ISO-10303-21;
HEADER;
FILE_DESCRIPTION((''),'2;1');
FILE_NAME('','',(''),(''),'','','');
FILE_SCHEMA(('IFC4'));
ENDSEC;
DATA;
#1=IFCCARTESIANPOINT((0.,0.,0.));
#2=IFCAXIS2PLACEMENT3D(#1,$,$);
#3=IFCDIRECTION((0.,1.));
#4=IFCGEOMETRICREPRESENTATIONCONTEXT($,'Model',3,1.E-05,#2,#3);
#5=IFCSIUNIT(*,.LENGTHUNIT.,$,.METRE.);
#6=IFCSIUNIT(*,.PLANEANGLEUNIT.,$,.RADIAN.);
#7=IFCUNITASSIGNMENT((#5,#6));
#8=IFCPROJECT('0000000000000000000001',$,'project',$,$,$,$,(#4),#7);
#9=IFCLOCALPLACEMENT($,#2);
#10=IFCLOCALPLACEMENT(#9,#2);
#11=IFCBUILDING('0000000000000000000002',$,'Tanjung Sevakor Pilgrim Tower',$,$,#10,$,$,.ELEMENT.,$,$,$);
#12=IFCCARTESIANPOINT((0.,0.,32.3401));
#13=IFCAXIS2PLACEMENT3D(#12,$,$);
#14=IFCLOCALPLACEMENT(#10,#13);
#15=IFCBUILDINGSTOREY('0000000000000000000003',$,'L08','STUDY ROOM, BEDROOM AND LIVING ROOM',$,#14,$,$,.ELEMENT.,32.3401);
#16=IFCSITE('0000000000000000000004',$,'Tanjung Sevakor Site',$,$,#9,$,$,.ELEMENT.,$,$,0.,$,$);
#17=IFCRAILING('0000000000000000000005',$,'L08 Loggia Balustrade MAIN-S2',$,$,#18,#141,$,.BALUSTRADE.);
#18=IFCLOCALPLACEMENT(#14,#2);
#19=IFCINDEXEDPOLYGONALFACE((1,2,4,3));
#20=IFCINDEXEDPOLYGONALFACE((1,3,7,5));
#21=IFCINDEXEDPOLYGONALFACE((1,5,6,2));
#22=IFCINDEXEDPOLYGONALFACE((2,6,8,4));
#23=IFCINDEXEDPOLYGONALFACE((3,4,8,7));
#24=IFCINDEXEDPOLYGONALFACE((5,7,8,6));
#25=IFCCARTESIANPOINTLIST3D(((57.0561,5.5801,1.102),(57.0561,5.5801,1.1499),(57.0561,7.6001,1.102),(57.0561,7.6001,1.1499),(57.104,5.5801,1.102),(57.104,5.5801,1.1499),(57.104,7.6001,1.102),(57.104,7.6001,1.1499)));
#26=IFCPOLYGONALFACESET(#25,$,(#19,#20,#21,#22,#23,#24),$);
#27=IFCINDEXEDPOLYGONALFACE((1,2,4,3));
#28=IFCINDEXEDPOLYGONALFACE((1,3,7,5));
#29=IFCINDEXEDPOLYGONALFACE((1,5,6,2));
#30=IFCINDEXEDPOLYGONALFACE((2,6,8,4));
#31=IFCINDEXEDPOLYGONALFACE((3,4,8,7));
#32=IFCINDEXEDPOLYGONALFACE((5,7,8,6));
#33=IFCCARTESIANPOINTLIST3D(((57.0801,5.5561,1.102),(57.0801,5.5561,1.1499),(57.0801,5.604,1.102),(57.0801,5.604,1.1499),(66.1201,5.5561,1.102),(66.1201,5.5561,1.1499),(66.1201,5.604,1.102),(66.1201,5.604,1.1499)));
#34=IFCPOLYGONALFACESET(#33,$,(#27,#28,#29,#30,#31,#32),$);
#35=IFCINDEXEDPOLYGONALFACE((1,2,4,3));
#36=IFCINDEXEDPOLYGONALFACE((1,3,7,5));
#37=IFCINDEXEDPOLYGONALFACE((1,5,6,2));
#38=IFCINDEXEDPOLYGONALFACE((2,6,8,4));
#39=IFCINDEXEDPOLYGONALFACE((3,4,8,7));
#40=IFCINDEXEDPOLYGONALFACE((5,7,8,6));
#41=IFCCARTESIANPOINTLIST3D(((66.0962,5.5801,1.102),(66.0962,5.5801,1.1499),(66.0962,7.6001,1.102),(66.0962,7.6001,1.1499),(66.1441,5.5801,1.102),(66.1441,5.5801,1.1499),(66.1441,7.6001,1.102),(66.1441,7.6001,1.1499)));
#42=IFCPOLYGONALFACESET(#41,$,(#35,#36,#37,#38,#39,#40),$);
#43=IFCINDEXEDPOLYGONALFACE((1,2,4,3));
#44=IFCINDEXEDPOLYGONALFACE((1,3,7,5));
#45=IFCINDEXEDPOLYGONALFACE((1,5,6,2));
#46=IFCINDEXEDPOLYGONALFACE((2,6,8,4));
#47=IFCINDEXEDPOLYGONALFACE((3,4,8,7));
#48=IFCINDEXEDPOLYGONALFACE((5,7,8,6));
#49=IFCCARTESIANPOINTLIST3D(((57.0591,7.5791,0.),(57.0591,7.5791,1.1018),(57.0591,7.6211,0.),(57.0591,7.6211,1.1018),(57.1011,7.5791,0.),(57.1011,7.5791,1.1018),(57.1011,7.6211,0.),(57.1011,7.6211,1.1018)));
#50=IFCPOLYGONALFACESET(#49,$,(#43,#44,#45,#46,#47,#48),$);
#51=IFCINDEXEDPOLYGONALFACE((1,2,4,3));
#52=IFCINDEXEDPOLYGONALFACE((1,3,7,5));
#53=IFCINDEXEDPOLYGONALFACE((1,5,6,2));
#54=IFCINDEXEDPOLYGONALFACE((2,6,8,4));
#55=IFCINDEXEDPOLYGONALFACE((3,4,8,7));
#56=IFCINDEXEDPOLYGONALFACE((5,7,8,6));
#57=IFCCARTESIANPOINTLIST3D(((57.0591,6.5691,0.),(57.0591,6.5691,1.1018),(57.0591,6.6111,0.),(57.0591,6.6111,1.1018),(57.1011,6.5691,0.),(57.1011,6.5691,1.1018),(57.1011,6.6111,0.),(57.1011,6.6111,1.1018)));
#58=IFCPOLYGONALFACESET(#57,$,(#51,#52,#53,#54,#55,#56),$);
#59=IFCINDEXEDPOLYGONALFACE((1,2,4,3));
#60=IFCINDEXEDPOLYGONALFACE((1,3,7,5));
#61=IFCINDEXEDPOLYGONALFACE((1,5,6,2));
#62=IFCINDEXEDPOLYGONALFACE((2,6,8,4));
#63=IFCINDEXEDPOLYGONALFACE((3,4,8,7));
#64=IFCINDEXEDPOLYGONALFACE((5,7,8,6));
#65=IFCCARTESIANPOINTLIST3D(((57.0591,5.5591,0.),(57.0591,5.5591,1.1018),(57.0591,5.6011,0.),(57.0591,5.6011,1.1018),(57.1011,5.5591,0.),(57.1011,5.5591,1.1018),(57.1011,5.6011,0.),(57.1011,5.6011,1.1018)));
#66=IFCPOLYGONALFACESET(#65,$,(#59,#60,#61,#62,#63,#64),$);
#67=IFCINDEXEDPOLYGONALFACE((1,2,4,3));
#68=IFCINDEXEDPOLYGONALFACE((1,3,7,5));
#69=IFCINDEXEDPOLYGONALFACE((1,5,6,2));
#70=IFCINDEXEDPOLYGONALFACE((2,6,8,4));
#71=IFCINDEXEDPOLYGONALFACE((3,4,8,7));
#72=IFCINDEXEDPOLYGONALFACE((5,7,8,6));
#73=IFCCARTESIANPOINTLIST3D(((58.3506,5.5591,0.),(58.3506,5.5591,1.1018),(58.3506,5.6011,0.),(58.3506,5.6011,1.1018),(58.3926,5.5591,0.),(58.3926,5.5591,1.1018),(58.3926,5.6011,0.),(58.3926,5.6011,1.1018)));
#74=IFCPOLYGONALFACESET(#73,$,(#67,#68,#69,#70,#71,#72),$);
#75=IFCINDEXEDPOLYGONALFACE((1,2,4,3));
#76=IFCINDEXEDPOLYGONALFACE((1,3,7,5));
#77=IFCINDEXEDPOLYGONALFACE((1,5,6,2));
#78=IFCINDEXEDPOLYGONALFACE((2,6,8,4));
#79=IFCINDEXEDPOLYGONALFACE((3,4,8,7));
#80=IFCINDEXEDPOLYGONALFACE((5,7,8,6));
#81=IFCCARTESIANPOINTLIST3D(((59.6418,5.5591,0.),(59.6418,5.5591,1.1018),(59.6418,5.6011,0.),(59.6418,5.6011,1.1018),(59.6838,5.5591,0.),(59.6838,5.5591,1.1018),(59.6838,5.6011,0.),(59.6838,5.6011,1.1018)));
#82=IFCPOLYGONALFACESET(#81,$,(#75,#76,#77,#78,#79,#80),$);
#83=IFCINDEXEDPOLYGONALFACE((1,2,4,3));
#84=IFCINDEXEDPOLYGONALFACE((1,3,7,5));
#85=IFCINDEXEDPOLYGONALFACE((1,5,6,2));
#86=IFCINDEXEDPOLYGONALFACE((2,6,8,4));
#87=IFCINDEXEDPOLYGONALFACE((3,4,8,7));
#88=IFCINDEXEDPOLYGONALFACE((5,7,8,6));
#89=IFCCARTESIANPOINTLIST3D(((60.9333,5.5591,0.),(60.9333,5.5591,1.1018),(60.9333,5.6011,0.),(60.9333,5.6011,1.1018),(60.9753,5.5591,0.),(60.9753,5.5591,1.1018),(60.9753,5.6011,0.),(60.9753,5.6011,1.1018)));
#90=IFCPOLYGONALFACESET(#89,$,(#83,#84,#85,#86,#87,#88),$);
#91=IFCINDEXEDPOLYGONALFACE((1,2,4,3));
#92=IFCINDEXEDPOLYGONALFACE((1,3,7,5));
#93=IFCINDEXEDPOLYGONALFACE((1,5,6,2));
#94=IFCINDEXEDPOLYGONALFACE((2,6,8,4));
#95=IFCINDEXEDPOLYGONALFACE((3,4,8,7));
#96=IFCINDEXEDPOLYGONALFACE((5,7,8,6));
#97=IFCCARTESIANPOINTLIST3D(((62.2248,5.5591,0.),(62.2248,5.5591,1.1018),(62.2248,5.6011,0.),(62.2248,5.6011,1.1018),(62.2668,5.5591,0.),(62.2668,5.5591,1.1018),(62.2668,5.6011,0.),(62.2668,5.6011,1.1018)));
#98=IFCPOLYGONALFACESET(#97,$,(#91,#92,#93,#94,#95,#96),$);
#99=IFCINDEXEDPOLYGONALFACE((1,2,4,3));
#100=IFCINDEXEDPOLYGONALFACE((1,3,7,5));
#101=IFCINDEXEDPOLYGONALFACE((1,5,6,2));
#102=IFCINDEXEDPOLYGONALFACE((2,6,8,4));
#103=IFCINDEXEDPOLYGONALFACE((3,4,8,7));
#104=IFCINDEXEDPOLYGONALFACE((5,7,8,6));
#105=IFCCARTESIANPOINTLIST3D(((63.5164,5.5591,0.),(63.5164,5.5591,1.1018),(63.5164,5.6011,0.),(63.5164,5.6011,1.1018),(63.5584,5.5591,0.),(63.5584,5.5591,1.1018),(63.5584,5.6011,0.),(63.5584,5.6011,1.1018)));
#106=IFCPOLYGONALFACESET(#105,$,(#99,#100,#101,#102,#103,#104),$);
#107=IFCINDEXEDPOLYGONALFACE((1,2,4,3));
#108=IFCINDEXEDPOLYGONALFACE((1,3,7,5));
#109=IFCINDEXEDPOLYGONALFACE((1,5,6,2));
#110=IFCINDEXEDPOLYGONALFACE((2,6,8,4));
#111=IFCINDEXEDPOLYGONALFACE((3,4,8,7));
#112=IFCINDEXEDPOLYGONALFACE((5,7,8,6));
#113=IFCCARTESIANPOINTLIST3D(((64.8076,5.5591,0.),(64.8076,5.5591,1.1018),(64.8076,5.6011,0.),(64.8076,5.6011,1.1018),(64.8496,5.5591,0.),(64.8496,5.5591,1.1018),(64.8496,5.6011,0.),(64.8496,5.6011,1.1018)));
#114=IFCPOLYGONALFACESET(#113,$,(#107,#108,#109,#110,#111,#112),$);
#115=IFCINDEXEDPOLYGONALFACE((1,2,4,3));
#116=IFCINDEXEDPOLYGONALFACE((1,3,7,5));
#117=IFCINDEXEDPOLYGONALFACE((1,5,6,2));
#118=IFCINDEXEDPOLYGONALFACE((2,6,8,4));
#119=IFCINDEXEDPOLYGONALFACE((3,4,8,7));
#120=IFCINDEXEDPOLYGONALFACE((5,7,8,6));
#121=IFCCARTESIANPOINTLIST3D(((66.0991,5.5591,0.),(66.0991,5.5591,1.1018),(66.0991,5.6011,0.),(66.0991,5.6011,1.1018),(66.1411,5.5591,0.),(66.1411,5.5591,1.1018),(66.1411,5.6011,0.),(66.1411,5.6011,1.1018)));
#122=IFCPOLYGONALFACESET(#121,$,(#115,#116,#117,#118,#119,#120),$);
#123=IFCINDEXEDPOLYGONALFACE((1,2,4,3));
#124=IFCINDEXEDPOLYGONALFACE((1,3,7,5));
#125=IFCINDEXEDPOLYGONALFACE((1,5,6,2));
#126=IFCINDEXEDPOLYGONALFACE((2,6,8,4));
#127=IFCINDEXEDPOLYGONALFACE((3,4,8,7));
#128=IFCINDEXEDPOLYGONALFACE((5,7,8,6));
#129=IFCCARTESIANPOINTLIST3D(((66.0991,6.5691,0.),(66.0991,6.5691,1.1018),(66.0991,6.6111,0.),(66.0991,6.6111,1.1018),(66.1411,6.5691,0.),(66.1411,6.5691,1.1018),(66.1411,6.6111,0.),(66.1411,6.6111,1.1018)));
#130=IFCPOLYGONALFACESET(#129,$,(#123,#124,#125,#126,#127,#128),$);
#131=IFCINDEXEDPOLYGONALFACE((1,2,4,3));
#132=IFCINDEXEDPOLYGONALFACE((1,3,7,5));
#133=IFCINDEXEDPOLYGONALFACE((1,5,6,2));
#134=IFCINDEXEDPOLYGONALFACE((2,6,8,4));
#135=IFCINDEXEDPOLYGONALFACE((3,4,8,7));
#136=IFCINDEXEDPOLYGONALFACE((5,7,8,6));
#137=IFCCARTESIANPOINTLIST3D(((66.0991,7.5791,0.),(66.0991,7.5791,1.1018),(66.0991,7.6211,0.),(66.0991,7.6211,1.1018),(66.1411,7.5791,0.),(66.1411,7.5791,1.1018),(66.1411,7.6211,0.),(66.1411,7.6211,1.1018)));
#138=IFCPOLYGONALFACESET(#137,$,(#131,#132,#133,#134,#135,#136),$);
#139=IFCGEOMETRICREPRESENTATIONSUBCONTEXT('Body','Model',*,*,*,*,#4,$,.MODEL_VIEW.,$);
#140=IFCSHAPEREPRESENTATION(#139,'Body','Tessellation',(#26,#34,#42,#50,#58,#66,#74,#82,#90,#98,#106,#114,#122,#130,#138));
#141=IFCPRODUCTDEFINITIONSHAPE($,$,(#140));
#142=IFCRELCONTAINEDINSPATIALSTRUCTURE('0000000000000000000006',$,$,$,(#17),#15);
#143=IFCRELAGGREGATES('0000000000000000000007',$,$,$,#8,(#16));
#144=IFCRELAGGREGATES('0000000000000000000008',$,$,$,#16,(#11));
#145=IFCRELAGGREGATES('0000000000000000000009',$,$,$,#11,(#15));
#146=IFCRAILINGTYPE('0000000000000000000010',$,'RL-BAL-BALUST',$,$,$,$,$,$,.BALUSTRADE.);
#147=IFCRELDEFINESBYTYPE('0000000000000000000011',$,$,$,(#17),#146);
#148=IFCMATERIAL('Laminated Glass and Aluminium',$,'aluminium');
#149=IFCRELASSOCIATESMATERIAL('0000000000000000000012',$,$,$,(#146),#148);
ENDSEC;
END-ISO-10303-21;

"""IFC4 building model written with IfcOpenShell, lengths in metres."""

from ifc_helpers import new_model, si_unit, direction, frame, origin, place, context, subcontext, project, spatial, rectangle, extrude, material, type_object, element, save


model = new_model("IFC4")

# Units and contexts
model_context = context("Model", 3, precision=1e-05, world=origin(), true_north=direction((0.0, 1.0)))
body_context = subcontext(model_context, "Body", "Model", "MODEL_VIEW")
ifc_project = project(units=[si_unit("LENGTHUNIT", "METRE"), si_unit("PLANEANGLEUNIT", "RADIAN")], contexts=[model_context])

# Site, building, storey
site_placement = place(None, origin())
site = spatial("IfcSite", under=ifc_project, at=site_placement, Name="Tanjung Sevakor Site", CompositionType="ELEMENT", RefElevation=0.0)
building_placement = place(site_placement, origin())
building = spatial("IfcBuilding", under=site, at=building_placement, Name="Tanjung Sevakor Pilgrim Tower", CompositionType="ELEMENT")
storey_placement = place(building_placement, frame((0.0, 0.0, 32.3401)))
storey = spatial("IfcBuildingStorey", under=building, at=storey_placement, Name="L08", Description="STUDY ROOM, BEDROOM AND LIVING ROOM", CompositionType="ELEMENT", Elevation=32.3401)

# Railing
ifc_material_1 = material(Name="Laminated Glass and Aluminium", Category="aluminium")
railing_type = type_object("IfcRailingType", Name="RL-BAL-BALUST", PredefinedType="BALUSTRADE", material=ifc_material_1)
railing_placement = place(storey_placement, frame((57.0801, 7.6001, 0.0)))
element("IfcRailing", 1, at=railing_placement, inside=storey, type_object=railing_type, Name="L08 Loggia Balustrade MAIN-S2", PredefinedType="BALUSTRADE", context=body_context, shape_type="SweptSolid", body=[
    extrude(rectangle(XDim=0.0479, YDim=0.0479), frame((0.0, 0.0, 1.126), z_axis=(0.0, -1.0, 0.0), x_axis=(1.0, 0.0, 0.0)), (0.0, 0.0, 1.0), 2.02),
    extrude(rectangle(XDim=0.0479, YDim=0.0479), frame((0.0, -2.02, 1.126), z_axis=(1.0, 0.0, 0.0), x_axis=(0.0, 1.0, 0.0)), (0.0, 0.0, 1.0), 9.04),
    extrude(rectangle(XDim=0.0479, YDim=0.0479), frame((9.04, -2.02, 1.126), z_axis=(0.0, 1.0, 0.0), x_axis=(-1.0, 0.0, 0.0)), (0.0, 0.0, 1.0), 2.02),
    extrude(rectangle(XDim=0.042, YDim=0.042), origin(), (0.0, 0.0, 1.0), 1.1018),
    extrude(rectangle(XDim=0.042, YDim=0.042), frame((0.0, -1.01, 0.0)), (0.0, 0.0, 1.0), 1.1018),
    extrude(rectangle(XDim=0.042, YDim=0.042), frame((0.0, -2.02, 0.0)), (0.0, 0.0, 1.0), 1.1018),
    extrude(rectangle(XDim=0.042, YDim=0.042), frame((1.2915, -2.02, 0.0)), (0.0, 0.0, 1.0), 1.1018),
    extrude(rectangle(XDim=0.042, YDim=0.042), frame((2.5828, -2.02, 0.0)), (0.0, 0.0, 1.0), 1.1018),
    extrude(rectangle(XDim=0.042, YDim=0.042), frame((3.8743, -2.02, 0.0)), (0.0, 0.0, 1.0), 1.1018),
    extrude(rectangle(XDim=0.042, YDim=0.042), frame((5.1658, -2.02, 0.0)), (0.0, 0.0, 1.0), 1.1018),
    extrude(rectangle(XDim=0.042, YDim=0.042), frame((6.4573, -2.02, 0.0)), (0.0, 0.0, 1.0), 1.1018),
    extrude(rectangle(XDim=0.042, YDim=0.042), frame((7.7485, -2.02, 0.0)), (0.0, 0.0, 1.0), 1.1018),
    extrude(rectangle(XDim=0.042, YDim=0.042), frame((9.04, -2.02, 0.0)), (0.0, 0.0, 1.0), 1.1018),
    extrude(rectangle(XDim=0.042, YDim=0.042), frame((9.04, -1.01, 0.0)), (0.0, 0.0, 1.0), 1.1018),
    extrude(rectangle(XDim=0.042, YDim=0.042), frame((9.04, 0.0, 0.0)), (0.0, 0.0, 1.0), 1.1018),
])

save(model, "model.ifc")
